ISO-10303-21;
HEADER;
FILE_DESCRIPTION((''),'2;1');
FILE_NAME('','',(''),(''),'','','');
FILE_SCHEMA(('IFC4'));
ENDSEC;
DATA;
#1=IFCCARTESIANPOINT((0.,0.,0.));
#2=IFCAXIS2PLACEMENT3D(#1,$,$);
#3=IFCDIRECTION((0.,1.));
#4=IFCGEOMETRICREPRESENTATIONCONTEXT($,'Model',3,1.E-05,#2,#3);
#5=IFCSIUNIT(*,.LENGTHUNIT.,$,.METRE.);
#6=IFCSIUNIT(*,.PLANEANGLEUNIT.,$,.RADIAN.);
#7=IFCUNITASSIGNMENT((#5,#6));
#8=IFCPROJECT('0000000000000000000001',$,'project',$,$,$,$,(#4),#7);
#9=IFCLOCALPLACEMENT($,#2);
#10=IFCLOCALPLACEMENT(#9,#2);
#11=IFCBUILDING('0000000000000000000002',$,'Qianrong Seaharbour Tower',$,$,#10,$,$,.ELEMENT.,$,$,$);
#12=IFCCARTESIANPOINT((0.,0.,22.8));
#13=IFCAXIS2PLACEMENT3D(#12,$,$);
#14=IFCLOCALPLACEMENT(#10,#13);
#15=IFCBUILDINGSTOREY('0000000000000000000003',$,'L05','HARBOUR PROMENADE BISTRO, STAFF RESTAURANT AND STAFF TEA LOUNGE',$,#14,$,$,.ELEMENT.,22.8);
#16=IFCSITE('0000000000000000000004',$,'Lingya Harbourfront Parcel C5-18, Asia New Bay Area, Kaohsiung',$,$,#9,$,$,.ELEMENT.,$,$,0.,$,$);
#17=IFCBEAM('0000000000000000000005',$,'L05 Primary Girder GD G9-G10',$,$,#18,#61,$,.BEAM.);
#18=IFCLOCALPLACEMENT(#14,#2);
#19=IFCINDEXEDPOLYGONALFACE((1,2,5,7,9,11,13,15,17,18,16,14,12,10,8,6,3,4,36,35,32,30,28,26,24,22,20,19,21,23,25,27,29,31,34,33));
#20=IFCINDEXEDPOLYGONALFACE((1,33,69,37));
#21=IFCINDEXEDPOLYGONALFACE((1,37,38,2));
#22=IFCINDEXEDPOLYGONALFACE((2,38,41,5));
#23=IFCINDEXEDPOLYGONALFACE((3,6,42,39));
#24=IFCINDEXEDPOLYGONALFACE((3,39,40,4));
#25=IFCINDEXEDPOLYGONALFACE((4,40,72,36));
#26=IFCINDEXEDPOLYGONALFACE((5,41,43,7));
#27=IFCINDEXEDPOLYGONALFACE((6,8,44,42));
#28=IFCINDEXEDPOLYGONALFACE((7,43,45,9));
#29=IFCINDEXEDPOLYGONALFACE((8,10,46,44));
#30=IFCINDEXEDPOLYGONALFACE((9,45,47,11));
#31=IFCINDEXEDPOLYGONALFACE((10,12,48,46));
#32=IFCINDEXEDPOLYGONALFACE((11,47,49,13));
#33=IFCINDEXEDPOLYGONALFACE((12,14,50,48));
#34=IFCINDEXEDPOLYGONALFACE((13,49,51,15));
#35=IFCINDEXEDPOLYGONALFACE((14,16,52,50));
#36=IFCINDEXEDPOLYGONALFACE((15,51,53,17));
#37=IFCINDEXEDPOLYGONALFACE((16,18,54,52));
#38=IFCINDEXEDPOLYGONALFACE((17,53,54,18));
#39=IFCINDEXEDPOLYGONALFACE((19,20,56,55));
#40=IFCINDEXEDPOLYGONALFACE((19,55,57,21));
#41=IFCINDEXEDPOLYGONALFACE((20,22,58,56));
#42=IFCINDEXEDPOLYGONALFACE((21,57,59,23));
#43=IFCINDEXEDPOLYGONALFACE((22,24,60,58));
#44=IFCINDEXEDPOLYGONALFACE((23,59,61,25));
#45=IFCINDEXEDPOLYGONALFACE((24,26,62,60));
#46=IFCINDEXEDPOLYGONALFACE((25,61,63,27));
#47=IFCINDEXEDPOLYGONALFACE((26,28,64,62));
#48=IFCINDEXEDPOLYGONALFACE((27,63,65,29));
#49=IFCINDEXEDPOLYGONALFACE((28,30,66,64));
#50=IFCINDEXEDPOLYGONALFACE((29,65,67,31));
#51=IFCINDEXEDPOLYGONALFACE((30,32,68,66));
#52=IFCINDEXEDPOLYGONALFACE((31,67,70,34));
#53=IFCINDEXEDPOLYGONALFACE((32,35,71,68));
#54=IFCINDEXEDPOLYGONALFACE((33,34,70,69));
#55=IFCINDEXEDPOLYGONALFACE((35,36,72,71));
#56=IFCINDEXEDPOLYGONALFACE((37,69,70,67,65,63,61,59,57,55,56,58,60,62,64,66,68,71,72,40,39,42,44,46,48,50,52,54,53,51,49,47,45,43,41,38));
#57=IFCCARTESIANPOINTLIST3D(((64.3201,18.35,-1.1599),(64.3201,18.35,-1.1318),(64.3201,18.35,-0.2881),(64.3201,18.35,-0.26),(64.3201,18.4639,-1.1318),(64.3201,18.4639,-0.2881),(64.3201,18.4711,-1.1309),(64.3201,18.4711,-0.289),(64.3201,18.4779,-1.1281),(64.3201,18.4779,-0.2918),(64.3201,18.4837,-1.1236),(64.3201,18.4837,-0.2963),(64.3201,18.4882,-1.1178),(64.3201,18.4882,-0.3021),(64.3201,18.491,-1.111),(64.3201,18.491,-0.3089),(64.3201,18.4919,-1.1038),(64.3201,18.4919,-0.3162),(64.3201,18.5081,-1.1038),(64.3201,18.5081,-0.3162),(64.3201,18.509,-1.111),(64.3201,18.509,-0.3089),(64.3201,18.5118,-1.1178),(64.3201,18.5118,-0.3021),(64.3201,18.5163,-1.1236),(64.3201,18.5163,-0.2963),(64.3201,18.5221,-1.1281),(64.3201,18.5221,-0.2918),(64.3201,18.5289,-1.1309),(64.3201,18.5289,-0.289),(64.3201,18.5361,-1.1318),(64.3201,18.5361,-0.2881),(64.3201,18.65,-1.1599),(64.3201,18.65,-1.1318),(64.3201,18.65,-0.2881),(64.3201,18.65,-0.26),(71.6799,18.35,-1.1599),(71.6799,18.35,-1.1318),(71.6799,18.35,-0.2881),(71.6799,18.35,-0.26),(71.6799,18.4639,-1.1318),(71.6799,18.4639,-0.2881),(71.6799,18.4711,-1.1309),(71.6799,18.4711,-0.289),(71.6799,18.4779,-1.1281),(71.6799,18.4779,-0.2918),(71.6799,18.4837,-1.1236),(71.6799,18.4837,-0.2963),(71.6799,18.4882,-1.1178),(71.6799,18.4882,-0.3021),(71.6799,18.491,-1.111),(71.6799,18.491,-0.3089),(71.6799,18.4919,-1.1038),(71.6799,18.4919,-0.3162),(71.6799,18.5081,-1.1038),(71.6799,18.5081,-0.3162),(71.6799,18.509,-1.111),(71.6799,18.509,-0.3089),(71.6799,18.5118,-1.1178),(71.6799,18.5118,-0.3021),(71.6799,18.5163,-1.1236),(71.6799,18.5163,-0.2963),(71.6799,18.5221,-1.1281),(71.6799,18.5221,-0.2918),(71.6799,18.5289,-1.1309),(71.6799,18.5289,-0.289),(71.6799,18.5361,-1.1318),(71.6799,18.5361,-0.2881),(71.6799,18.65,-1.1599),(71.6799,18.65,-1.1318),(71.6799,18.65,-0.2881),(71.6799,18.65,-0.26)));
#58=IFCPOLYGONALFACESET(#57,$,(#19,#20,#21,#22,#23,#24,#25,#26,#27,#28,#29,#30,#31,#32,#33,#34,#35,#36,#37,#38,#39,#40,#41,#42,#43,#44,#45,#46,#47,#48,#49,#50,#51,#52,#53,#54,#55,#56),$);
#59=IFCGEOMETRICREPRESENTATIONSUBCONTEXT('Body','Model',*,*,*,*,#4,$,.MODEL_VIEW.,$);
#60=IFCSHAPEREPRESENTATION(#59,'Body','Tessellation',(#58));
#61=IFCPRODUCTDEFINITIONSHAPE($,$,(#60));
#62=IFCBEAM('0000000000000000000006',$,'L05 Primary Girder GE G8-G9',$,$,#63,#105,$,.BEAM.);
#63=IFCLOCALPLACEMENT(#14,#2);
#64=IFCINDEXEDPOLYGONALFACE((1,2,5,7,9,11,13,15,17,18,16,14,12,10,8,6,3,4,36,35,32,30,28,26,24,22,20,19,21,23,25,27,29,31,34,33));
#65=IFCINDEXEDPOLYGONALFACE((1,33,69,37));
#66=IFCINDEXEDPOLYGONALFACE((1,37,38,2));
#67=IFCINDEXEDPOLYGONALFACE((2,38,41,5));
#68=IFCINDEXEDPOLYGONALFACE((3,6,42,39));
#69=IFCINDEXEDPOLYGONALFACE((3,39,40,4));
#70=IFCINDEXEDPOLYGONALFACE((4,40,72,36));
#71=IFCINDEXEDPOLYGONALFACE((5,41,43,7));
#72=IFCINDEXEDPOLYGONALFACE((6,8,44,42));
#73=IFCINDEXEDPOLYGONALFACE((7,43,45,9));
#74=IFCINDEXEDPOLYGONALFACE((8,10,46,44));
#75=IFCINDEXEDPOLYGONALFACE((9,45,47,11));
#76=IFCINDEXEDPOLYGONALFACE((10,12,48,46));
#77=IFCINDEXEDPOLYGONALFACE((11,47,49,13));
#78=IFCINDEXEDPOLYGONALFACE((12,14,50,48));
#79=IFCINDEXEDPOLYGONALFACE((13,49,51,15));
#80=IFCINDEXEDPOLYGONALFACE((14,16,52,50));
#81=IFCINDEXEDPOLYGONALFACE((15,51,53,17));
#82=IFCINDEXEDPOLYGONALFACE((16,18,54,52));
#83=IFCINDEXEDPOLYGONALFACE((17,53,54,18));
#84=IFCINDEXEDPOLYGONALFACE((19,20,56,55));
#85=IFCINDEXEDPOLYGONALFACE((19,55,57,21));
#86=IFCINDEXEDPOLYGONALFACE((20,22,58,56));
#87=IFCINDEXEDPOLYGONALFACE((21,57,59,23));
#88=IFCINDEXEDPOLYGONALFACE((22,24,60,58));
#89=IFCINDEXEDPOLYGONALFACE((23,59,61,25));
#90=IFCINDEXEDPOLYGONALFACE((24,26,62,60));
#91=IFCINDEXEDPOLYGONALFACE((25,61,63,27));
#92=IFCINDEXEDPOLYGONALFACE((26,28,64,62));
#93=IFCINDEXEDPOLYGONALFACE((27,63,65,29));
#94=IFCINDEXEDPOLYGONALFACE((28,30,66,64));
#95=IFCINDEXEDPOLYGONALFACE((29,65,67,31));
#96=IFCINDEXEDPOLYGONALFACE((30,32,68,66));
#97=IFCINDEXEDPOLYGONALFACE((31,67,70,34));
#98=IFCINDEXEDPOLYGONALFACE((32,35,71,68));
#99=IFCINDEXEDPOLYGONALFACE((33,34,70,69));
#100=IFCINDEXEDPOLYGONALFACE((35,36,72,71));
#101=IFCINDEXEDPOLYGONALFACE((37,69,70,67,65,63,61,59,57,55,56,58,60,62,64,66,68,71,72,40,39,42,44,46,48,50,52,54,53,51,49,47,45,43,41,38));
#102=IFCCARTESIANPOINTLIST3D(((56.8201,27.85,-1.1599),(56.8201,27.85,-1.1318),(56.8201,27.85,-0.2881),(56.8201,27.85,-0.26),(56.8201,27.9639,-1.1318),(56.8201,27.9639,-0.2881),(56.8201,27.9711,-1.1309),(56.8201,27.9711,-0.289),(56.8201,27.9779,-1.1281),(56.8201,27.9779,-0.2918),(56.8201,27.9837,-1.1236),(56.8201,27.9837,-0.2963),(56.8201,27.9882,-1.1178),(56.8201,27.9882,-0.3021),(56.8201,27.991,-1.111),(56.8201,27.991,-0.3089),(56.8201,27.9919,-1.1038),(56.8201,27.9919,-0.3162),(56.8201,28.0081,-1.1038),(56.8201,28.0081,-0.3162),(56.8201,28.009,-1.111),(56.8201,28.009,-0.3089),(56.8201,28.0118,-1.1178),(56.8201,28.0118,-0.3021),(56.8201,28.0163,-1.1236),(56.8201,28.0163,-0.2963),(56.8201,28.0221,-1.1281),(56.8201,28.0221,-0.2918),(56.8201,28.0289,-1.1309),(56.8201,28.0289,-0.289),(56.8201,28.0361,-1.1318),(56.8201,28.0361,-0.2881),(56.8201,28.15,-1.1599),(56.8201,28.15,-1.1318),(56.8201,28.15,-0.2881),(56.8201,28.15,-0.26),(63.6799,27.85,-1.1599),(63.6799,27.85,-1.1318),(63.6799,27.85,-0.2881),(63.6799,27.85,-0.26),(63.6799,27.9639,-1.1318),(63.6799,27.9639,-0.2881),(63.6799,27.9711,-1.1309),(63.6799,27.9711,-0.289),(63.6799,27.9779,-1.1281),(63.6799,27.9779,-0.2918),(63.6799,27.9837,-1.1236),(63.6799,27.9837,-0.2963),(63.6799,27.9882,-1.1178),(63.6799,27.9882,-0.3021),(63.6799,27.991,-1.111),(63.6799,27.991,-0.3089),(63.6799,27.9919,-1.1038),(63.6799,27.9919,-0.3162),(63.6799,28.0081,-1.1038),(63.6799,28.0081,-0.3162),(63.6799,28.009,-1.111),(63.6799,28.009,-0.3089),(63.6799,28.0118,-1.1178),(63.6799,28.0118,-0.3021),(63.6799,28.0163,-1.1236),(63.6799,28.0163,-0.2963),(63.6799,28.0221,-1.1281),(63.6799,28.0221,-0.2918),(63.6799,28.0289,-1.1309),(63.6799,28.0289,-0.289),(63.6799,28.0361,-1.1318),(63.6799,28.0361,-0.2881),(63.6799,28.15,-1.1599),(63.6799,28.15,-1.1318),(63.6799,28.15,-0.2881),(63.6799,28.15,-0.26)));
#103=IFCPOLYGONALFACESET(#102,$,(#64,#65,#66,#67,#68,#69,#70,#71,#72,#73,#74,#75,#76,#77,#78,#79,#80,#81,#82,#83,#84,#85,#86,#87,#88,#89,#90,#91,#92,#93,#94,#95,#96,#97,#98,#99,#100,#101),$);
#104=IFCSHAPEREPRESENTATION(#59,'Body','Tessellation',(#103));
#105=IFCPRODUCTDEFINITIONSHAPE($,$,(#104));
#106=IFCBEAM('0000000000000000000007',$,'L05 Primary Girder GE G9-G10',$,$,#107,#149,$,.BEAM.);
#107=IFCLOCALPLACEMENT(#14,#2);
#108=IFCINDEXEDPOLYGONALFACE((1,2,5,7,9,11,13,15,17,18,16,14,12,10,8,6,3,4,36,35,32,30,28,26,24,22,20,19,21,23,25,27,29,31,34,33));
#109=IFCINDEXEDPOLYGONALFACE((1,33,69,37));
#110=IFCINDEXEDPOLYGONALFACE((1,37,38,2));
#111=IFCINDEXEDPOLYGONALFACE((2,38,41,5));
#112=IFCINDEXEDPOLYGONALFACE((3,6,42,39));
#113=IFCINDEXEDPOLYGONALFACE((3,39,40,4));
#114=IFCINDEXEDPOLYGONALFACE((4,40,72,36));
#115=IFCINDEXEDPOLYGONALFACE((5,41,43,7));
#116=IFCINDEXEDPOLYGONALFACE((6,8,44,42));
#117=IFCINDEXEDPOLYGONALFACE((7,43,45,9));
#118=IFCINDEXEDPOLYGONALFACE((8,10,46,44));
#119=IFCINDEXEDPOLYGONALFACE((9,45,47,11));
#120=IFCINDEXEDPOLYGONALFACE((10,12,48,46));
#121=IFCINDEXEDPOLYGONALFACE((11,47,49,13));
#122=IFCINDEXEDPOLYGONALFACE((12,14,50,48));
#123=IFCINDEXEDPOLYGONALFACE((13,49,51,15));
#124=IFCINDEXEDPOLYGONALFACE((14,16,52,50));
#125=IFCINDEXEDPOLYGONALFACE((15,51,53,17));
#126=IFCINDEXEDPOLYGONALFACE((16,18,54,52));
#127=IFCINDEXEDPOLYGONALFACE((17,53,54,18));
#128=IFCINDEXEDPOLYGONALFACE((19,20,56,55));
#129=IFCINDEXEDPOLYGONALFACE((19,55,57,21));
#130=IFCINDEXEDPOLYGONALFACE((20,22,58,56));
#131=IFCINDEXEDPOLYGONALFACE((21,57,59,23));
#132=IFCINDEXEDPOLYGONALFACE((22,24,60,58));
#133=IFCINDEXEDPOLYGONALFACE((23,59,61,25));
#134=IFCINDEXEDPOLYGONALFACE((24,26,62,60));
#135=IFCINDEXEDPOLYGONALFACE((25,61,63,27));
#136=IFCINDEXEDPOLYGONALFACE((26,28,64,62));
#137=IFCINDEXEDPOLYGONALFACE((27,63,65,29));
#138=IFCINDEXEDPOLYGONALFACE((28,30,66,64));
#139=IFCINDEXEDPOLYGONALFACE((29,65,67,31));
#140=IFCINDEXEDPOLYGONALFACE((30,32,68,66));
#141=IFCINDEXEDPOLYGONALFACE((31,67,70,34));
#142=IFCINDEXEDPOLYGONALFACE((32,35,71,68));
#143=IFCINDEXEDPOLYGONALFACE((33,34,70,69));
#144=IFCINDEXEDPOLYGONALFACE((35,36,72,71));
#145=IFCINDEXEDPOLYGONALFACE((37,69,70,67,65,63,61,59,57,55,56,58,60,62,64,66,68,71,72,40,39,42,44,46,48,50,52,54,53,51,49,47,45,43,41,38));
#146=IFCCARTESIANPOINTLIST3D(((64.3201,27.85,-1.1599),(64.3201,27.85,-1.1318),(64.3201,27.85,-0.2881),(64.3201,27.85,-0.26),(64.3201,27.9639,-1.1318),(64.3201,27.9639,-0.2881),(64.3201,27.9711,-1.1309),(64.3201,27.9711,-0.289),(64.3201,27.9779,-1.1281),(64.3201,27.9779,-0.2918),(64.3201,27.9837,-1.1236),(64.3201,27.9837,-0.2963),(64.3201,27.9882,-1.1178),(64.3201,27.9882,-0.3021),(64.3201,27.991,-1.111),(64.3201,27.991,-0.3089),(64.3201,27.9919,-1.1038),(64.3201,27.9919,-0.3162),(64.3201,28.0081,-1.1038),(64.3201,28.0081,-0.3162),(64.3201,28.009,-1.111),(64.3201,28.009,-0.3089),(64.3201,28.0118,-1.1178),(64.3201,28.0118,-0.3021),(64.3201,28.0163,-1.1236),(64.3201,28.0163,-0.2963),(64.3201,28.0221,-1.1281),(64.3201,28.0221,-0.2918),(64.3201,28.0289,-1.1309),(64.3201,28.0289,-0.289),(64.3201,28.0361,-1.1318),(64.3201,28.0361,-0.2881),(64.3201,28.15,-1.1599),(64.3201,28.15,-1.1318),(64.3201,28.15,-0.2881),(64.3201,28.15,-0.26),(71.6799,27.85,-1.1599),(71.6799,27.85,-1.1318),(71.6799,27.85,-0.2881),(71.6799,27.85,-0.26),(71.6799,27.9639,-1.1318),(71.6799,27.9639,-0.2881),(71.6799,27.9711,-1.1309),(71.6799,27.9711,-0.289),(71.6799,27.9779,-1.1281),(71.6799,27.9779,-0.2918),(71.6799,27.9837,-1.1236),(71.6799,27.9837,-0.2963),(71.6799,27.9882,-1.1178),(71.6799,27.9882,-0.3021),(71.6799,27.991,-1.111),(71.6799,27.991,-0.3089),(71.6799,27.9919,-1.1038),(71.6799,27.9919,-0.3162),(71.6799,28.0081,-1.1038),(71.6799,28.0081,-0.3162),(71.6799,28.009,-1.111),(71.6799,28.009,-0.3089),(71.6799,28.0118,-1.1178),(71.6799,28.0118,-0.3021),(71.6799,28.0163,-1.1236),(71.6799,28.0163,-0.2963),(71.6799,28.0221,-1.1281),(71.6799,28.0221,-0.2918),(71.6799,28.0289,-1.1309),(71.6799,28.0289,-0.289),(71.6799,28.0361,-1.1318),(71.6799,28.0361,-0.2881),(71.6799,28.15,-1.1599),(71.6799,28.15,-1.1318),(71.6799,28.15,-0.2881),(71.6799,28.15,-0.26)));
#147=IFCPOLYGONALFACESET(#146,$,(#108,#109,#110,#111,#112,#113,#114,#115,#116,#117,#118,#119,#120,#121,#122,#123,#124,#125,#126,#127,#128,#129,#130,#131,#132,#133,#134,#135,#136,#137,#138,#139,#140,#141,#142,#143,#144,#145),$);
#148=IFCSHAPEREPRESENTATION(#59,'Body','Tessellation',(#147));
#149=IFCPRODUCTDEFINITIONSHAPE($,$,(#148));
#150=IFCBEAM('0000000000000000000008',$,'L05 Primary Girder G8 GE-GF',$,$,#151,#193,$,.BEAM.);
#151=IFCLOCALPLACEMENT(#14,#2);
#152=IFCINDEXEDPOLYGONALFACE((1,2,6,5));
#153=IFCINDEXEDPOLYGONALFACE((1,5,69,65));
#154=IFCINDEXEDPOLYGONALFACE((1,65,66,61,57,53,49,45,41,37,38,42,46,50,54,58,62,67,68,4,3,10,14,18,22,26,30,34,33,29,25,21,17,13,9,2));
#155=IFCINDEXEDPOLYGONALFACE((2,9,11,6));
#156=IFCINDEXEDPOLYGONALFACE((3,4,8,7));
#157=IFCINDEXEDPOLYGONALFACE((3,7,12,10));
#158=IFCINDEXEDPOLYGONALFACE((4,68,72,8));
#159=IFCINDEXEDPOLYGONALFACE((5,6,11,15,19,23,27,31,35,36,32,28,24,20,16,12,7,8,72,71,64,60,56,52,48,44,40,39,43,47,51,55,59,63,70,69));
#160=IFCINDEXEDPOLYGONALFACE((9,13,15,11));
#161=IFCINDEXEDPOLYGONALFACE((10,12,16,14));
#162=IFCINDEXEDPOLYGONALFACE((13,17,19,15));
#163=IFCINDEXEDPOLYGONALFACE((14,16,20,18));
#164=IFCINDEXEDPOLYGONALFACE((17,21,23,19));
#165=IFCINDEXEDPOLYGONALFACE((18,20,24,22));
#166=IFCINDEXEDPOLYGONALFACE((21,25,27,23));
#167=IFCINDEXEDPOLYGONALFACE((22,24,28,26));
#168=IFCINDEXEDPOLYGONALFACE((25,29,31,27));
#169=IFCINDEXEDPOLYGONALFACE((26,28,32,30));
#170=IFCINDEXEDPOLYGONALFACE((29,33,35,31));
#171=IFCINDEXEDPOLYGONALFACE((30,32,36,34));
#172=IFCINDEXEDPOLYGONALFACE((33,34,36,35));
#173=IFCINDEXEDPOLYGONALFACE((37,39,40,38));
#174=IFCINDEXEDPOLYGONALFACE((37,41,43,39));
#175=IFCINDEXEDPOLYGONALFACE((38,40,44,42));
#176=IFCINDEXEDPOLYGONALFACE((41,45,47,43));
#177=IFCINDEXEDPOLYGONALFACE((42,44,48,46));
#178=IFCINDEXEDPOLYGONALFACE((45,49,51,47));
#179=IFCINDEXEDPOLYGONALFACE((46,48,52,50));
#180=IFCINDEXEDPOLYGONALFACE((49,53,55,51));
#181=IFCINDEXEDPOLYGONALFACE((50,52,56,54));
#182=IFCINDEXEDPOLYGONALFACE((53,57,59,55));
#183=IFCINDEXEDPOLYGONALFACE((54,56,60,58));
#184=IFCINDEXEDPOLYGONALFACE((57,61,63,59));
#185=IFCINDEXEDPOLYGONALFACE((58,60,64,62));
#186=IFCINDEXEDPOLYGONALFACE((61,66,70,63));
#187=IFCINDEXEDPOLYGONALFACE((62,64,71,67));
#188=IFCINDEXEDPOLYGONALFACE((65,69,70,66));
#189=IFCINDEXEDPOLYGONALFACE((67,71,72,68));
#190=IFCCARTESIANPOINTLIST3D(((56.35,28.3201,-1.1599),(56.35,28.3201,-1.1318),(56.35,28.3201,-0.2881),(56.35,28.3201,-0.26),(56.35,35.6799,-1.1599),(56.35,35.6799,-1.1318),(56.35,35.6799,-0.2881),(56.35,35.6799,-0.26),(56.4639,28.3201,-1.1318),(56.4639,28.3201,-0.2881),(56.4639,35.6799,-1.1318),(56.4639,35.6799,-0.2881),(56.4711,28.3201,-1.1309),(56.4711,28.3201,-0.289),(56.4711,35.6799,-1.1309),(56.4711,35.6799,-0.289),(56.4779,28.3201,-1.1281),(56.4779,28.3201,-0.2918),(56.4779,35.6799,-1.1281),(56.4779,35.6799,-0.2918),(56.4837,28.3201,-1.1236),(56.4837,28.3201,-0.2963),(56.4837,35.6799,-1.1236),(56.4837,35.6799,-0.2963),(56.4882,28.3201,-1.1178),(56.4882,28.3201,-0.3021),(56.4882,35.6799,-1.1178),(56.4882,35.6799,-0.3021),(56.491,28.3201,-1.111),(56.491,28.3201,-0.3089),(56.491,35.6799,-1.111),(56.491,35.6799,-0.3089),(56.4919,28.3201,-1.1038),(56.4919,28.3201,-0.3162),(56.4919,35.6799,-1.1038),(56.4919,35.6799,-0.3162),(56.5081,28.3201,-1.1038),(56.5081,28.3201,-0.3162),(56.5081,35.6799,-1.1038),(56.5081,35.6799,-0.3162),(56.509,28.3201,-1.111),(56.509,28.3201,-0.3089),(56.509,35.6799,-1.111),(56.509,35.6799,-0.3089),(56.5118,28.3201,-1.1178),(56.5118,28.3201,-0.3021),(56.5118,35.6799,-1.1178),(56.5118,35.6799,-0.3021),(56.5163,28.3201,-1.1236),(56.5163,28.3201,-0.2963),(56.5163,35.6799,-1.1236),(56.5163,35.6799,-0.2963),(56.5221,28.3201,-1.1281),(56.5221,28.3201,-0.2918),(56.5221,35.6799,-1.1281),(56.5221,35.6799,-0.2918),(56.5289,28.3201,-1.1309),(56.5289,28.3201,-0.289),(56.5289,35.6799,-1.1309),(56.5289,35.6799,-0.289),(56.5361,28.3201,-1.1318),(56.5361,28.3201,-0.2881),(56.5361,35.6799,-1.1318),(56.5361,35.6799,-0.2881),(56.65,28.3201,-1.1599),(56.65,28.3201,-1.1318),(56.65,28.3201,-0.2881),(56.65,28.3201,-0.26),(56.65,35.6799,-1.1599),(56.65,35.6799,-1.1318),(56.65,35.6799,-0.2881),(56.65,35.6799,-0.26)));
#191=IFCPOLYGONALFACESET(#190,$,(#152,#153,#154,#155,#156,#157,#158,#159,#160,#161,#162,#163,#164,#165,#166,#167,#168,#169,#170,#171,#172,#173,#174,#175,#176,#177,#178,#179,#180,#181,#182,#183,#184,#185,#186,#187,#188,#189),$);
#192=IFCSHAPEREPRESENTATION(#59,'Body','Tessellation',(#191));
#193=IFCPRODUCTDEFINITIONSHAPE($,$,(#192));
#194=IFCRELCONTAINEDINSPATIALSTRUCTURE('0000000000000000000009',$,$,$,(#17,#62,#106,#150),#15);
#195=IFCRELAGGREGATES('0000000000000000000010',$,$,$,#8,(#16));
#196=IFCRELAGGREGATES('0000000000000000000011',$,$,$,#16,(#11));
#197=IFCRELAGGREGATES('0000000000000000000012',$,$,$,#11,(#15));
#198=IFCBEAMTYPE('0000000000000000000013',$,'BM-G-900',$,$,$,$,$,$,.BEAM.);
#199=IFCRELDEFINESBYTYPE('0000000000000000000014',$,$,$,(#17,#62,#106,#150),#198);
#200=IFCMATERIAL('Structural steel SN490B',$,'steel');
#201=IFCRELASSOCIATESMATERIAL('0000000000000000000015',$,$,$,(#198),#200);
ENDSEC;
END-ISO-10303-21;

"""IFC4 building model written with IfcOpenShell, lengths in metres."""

from ifc_helpers import new_model, si_unit, direction, frame, origin, origin_2d, place, context, subcontext, project, spatial, i_section, extrude, material, material_profile, profile_set, type_object, element, save


model = new_model("IFC4")

# Units and contexts
model_context = context("Model", 3, precision=1e-05, world=origin(), true_north=direction((0.0, 1.0)))
body_context = subcontext(model_context, "Body", "Model", "MODEL_VIEW")
ifc_project = project(units=[si_unit("LENGTHUNIT", "METRE"), si_unit("PLANEANGLEUNIT", "RADIAN")], contexts=[model_context])

# Site, building, storey
site_placement = place(None, origin())
site = spatial("IfcSite", under=ifc_project, at=site_placement, Name="Lingya Harbourfront Parcel C5-18, Asia New Bay Area, Kaohsiung", CompositionType="ELEMENT", RefElevation=0.0)
building_placement = place(site_placement, origin())
building = spatial("IfcBuilding", under=site, at=building_placement, Name="Qianrong Seaharbour Tower", CompositionType="ELEMENT")
storey_placement = place(building_placement, frame((0.0, 0.0, 22.8)))
storey = spatial("IfcBuildingStorey", under=building, at=storey_placement, Name="L05", Description="HARBOUR PROMENADE BISTRO, STAFF RESTAURANT AND STAFF TEA LOUNGE", CompositionType="ELEMENT", Elevation=22.8)

# Shared definitions
ifc_material_1 = material(Name="Structural steel SN490B", Category="steel")

# Beams
ifc_material_profile_1 = material_profile(ifc_material_1, i_section(OverallWidth=0.3, OverallDepth=0.8999, WebThickness=0.0161, FlangeThickness=0.0281, FilletRadius=0.0281, at=origin_2d()), Name="H900x300x16x28")
ifc_profile_set_1 = profile_set([ifc_material_profile_1], Name="Structural steel SN490B")
beam_type_1 = type_object("IfcBeamType", Name="BM-G-900", PredefinedType="BEAM", material=ifc_profile_set_1)
beam_1_placement = place(storey_placement, frame((64.3201, 18.5, -0.71), z_axis=(1.0, 0.0, 0.0), x_axis=(0.0, 1.0, 0.0)))
element("IfcBeam", 1, at=beam_1_placement, inside=storey, type_object=beam_type_1, Name="L05 Primary Girder GD G9-G10", PredefinedType="BEAM", context=body_context, shape_type="SweptSolid", body=[
    extrude(i_section(OverallWidth=0.3, OverallDepth=0.8999, WebThickness=0.0161, FlangeThickness=0.0281, FilletRadius=0.0281, at=origin_2d()), origin(), (0.0, 0.0, 1.0), 7.3599),
])
beam_2_placement = place(storey_placement, frame((56.8201, 28.0, -0.71), z_axis=(1.0, 0.0, 0.0), x_axis=(0.0, 1.0, 0.0)))
element("IfcBeam", 2, at=beam_2_placement, inside=storey, type_object=beam_type_1, Name="L05 Primary Girder GE G8-G9", PredefinedType="BEAM", context=body_context, shape_type="SweptSolid", body=[
    extrude(i_section(OverallWidth=0.3, OverallDepth=0.8999, WebThickness=0.0161, FlangeThickness=0.0281, FilletRadius=0.0281, at=origin_2d()), origin(), (0.0, 0.0, 1.0), 6.8599),
])
for number, where, z_axis, x_axis, name in (
    (3, (64.3201, 28.0, -0.71), (1.0, 0.0, 0.0), (0.0, 1.0, 0.0), "L05 Primary Girder GE G9-G10"),
    (4, (56.5, 28.3201, -0.71), (0.0, 1.0, 0.0), (-1.0, 0.0, 0.0), "L05 Primary Girder G8 GE-GF"),
):
    element("IfcBeam", number, at=place(storey_placement, frame(where, z_axis=z_axis, x_axis=x_axis)), inside=storey, type_object=beam_type_1, Name=name, PredefinedType="BEAM", context=body_context, shape_type="SweptSolid", body=[
        extrude(i_section(OverallWidth=0.3, OverallDepth=0.8999, WebThickness=0.0161, FlangeThickness=0.0281, FilletRadius=0.0281, at=origin_2d()), origin(), (0.0, 0.0, 1.0), 7.3599),
    ])

save(model, "model.ifc")
